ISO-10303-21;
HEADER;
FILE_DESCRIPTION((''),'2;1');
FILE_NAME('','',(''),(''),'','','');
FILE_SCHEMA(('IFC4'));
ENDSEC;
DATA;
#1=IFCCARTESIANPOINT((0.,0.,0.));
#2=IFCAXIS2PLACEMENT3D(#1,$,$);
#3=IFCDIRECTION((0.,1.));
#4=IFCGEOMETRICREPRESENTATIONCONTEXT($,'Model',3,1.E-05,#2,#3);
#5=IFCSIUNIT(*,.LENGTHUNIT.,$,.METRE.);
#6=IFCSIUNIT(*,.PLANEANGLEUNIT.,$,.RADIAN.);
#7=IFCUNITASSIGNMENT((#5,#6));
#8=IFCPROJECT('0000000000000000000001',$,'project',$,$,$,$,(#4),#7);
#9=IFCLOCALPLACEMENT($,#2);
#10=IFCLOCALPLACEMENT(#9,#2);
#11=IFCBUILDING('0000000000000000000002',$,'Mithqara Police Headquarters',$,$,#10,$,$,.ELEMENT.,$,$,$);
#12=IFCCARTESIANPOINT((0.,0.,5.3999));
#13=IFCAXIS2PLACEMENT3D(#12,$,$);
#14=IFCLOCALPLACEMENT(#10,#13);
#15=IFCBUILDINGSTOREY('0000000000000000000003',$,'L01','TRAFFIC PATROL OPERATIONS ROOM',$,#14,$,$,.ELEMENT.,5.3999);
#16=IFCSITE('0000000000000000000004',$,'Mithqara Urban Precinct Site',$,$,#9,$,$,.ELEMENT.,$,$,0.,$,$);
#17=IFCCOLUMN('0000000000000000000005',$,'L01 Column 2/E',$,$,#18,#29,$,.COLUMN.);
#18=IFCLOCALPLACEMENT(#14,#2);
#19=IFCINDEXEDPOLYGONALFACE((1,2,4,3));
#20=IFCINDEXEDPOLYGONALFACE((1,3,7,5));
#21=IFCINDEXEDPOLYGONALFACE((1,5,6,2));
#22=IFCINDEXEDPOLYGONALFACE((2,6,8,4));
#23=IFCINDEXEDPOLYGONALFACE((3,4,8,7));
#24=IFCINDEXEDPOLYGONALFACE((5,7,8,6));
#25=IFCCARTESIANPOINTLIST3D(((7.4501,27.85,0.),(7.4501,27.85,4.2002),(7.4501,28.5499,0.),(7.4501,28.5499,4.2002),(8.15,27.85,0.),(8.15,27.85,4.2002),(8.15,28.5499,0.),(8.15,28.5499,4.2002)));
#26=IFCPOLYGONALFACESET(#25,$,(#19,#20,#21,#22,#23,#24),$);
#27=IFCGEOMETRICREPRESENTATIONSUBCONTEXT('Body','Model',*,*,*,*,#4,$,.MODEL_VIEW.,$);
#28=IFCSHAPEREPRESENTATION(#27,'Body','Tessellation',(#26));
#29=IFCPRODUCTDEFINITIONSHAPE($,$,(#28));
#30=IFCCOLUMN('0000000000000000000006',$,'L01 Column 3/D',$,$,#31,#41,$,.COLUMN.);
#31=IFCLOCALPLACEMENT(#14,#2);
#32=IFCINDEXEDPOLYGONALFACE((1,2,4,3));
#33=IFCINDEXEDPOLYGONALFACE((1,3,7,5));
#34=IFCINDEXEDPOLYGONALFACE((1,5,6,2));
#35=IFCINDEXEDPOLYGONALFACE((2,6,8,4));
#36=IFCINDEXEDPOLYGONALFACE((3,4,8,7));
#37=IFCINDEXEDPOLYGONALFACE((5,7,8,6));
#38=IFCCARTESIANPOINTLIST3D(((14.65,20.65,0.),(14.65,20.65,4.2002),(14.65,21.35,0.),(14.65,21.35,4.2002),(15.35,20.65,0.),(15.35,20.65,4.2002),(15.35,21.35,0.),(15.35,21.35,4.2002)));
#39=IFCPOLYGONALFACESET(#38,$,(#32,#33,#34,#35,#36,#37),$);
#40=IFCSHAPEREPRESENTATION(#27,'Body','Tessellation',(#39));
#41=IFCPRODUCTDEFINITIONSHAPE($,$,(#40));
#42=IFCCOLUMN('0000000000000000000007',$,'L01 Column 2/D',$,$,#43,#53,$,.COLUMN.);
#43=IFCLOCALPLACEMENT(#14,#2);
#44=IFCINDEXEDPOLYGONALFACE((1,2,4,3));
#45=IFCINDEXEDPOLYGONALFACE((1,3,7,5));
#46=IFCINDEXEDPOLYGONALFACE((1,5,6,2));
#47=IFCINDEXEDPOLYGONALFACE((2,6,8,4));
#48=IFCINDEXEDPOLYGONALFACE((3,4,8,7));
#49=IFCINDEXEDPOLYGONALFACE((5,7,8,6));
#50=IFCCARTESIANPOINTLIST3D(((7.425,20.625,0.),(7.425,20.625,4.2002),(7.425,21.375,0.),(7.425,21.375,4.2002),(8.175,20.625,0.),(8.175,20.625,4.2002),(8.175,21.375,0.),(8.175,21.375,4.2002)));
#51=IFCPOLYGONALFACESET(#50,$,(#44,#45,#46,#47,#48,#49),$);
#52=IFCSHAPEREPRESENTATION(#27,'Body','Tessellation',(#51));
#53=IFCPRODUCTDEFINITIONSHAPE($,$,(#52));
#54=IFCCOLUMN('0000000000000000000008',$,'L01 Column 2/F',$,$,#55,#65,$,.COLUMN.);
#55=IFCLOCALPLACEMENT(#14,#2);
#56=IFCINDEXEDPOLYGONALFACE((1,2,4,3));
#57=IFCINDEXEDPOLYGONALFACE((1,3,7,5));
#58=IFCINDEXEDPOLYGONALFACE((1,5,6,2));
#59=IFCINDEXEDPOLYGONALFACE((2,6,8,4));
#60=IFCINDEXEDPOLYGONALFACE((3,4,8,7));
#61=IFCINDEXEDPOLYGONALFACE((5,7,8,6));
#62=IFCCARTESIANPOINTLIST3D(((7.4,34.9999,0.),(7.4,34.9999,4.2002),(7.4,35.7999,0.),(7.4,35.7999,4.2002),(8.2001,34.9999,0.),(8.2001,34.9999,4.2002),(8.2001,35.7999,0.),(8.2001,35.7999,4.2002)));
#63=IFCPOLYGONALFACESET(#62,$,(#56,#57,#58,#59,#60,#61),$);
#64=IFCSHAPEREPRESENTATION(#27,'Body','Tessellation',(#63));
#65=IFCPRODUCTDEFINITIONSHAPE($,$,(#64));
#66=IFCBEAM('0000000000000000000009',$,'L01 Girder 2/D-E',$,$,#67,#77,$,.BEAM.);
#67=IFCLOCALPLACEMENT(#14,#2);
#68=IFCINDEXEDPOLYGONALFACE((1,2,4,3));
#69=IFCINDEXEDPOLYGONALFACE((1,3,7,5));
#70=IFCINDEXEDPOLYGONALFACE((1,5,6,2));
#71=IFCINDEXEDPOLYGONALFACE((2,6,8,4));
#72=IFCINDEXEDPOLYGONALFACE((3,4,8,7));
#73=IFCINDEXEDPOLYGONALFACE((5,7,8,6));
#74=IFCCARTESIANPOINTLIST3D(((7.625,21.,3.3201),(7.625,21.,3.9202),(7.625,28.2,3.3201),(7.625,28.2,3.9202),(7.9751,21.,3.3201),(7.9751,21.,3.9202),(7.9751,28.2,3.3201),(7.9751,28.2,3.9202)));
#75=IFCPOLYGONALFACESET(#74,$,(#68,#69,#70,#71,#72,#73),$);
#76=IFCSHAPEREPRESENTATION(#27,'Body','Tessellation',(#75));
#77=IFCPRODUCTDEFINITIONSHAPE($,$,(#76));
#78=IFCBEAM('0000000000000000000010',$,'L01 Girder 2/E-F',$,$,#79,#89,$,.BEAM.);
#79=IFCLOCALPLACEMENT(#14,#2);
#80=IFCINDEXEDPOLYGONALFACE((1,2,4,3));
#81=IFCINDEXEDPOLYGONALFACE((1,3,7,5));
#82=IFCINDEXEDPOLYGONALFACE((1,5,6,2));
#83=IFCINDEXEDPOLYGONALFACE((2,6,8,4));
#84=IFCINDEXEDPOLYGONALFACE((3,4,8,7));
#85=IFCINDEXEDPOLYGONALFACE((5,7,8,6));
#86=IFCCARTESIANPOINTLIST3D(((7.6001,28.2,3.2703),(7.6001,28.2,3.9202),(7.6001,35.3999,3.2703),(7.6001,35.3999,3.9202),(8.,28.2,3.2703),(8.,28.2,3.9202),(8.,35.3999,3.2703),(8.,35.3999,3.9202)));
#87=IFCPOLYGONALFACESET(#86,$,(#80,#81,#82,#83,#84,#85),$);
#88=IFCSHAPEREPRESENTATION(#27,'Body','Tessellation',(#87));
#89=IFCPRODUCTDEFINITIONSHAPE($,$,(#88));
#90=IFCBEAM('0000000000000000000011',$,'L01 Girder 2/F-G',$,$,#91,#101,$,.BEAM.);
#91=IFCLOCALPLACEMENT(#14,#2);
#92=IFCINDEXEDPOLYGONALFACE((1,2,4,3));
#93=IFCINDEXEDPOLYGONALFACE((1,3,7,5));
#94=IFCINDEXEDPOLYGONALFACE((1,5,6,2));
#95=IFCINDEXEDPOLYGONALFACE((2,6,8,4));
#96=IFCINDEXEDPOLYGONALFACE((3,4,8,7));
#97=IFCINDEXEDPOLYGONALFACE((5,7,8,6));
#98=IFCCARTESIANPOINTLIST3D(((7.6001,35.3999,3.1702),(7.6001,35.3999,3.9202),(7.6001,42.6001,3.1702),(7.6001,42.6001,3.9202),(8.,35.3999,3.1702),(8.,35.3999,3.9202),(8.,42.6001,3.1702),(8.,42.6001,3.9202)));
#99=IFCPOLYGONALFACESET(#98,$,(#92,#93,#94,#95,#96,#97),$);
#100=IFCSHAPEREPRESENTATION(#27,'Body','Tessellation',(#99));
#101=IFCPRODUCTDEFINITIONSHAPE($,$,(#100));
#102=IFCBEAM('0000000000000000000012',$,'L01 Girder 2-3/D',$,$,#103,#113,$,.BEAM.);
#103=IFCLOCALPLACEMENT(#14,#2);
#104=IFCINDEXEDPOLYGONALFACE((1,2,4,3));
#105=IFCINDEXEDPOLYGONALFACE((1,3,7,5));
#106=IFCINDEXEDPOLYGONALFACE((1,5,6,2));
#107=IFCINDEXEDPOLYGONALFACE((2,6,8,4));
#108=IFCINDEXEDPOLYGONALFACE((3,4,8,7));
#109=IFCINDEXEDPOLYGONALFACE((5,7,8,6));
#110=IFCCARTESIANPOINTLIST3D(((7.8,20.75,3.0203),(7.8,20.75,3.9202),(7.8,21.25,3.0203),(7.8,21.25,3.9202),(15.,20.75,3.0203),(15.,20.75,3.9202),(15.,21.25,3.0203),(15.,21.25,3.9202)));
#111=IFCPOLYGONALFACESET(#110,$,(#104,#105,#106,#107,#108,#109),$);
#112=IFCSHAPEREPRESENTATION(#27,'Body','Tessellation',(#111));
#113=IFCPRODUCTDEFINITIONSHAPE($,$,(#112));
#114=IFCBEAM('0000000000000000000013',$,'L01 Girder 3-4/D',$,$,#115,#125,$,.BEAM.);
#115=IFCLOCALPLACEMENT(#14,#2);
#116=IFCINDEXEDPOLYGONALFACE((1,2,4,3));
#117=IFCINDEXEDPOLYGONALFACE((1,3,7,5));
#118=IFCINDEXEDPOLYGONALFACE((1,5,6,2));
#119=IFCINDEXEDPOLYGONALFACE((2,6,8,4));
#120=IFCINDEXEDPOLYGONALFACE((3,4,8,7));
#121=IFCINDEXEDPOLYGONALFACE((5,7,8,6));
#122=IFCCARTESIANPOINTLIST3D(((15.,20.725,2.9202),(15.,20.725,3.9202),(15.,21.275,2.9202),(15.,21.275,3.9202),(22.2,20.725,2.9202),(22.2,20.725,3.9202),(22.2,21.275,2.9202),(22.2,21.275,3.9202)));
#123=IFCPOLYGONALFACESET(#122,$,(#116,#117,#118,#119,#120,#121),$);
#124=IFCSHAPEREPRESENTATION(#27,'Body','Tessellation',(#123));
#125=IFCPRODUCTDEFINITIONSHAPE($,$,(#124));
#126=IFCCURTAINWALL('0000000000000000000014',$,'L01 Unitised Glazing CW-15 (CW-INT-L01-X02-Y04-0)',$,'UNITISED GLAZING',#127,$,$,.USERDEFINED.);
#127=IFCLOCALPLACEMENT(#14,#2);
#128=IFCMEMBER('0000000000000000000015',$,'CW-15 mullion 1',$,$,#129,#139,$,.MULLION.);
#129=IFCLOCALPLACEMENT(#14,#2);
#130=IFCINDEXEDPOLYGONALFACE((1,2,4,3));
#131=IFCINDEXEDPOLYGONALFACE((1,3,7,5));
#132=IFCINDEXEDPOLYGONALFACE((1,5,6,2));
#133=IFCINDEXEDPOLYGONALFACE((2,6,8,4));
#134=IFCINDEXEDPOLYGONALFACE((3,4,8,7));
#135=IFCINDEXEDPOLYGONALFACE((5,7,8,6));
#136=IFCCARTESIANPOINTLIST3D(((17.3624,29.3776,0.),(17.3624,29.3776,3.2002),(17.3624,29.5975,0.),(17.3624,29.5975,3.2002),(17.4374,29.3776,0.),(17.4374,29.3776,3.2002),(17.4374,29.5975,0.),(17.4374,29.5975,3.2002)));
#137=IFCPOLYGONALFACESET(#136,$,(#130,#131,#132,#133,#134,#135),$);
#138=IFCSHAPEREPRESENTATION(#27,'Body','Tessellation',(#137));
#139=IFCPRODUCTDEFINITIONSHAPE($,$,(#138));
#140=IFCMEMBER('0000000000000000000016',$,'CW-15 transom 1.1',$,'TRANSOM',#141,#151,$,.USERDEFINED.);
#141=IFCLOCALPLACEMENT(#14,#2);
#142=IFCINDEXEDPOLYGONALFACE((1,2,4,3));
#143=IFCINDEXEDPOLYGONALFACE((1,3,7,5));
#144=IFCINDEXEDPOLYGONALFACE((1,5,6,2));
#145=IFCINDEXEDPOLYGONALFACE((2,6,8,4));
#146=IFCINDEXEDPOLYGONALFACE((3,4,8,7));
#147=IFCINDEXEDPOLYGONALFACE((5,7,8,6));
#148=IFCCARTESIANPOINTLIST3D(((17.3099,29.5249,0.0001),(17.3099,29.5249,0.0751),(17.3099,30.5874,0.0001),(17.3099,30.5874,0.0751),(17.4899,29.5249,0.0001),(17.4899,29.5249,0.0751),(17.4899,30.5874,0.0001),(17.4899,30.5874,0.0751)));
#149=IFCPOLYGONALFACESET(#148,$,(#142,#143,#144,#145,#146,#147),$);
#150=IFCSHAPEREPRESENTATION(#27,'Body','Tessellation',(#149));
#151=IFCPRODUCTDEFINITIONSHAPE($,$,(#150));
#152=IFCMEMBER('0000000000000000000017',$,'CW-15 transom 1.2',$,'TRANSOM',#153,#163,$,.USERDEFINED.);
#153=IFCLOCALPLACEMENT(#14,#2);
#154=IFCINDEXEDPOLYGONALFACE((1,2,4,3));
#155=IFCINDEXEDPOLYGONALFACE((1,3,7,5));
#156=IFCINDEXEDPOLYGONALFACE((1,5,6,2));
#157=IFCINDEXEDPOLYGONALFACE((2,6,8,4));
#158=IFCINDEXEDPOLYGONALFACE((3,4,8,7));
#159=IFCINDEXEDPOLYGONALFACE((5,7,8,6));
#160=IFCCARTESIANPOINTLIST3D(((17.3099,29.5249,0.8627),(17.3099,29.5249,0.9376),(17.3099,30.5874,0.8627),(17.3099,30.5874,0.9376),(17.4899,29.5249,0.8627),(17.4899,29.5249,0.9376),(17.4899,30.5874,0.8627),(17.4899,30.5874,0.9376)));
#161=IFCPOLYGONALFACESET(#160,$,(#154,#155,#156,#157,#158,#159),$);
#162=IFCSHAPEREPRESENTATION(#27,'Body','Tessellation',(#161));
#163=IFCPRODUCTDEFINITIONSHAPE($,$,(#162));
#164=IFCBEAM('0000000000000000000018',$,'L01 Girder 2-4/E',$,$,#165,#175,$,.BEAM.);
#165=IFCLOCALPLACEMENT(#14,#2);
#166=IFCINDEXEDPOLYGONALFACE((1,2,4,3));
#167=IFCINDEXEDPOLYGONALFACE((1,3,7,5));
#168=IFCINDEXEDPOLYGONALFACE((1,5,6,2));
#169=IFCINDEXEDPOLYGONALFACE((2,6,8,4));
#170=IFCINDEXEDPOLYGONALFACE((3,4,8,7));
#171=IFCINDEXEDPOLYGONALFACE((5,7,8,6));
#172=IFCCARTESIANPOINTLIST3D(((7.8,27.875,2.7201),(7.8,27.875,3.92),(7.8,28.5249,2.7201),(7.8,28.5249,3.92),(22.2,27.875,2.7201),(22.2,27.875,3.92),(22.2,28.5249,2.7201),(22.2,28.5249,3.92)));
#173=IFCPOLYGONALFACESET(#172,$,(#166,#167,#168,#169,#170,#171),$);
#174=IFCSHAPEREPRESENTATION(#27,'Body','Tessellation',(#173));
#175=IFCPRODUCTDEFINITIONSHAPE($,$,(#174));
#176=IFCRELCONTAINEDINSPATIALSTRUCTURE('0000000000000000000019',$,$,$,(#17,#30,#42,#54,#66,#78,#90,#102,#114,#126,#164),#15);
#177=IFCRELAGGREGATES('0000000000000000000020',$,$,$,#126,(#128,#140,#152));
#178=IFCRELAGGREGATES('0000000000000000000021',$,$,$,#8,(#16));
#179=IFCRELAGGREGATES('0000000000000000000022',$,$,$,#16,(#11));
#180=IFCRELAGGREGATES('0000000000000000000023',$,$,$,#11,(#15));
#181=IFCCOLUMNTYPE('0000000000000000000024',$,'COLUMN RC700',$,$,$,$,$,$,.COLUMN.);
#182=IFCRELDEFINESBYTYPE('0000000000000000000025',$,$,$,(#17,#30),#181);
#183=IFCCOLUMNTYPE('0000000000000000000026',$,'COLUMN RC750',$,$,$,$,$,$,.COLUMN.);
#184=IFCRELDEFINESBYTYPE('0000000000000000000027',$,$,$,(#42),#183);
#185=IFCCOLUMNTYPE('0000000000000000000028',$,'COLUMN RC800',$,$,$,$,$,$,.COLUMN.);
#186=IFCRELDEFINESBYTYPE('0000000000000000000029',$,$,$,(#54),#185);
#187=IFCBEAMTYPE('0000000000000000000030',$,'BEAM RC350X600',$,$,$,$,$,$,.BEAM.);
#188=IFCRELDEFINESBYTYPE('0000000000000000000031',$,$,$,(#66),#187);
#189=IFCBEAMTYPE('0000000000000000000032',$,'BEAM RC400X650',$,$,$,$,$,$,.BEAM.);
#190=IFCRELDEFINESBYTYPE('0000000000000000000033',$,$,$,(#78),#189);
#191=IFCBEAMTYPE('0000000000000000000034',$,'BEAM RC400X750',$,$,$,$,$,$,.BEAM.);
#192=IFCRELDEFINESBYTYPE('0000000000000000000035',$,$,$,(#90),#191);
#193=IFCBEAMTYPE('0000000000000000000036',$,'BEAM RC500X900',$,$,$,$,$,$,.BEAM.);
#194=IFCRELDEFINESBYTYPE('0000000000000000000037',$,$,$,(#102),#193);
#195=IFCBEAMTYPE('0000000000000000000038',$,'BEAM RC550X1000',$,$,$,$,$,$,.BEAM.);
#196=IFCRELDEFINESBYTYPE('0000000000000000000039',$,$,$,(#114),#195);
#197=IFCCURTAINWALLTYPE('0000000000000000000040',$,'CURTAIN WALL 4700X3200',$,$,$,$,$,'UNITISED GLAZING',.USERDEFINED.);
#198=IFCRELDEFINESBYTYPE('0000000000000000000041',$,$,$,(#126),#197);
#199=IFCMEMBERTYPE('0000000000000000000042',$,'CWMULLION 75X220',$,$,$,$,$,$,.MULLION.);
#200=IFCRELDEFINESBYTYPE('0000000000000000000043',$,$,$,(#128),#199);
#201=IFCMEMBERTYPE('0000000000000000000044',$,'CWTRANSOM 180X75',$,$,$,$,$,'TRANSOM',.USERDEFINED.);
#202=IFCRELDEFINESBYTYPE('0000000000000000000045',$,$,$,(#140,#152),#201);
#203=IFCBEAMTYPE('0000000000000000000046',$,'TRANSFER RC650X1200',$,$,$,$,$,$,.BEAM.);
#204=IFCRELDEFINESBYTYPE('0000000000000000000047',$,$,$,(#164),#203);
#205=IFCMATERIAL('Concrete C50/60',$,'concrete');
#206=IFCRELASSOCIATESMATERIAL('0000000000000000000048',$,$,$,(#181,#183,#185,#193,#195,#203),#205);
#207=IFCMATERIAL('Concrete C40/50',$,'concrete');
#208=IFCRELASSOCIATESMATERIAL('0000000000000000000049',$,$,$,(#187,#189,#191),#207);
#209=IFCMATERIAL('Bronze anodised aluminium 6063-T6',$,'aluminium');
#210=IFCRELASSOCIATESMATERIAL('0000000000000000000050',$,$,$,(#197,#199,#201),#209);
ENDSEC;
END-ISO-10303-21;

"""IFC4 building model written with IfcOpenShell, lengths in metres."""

from ifc_helpers import new_model, si_unit, direction, frame, origin, origin_2d, place, context, subcontext, project, spatial, rectangle, extrude, material, material_profile, profile_set, type_object, element, aggregate, save


model = new_model("IFC4")

# Units and contexts
model_context = context("Model", 3, precision=1e-05, world=origin(), true_north=direction((0.0, 1.0)))
body_context = subcontext(model_context, "Body", "Model", "MODEL_VIEW")
ifc_project = project(units=[si_unit("LENGTHUNIT", "METRE"), si_unit("PLANEANGLEUNIT", "RADIAN")], contexts=[model_context])

# Site, building, storey
site_placement = place(None, origin())
site = spatial("IfcSite", under=ifc_project, at=site_placement, Name="Mithqara Urban Precinct Site", CompositionType="ELEMENT", RefElevation=0.0)
building_placement = place(site_placement, origin())
building = spatial("IfcBuilding", under=site, at=building_placement, Name="Mithqara Police Headquarters", CompositionType="ELEMENT")
storey_placement = place(building_placement, frame((0.0, 0.0, 5.3999)))
storey = spatial("IfcBuildingStorey", under=building, at=storey_placement, Name="L01", Description="TRAFFIC PATROL OPERATIONS ROOM", CompositionType="ELEMENT", Elevation=5.3999)

# Columns
ifc_material_1 = material(Name="Concrete C50/60", Category="concrete")
ifc_material_profile_1 = material_profile(ifc_material_1, rectangle(XDim=0.7, YDim=0.7, at=origin_2d()), Name="RC 700x700")
ifc_profile_set_1 = profile_set([ifc_material_profile_1], Name="Concrete C50/60")
column_type_1 = type_object("IfcColumnType", Name="COLUMN RC700", PredefinedType="COLUMN", material=ifc_profile_set_1)
for number, where, z_axis, x_axis, name in (
    (1, (7.8, 28.2, 0.0), (0.0, 0.0, 1.0), (1.0, 0.0, 0.0), "L01 Column 2/E"),
    (2, (15.0, 21.0, 0.0), (0.0, 0.0, 1.0), (1.0, 0.0, 0.0), "L01 Column 3/D"),
):
    element("IfcColumn", number, at=place(storey_placement, frame(where, z_axis=z_axis, x_axis=x_axis)), inside=storey, type_object=column_type_1, Name=name, PredefinedType="COLUMN", context=body_context, shape_type="SweptSolid", body=[
        extrude(rectangle(XDim=0.7, YDim=0.7, at=origin_2d()), origin(), (0.0, 0.0, 1.0), 4.2002),
    ])
ifc_material_profile_2 = material_profile(ifc_material_1, rectangle(XDim=0.75, YDim=0.75, at=origin_2d()), Name="RC 750x750")
ifc_profile_set_2 = profile_set([ifc_material_profile_2], Name="Concrete C50/60")
column_type_2 = type_object("IfcColumnType", Name="COLUMN RC750", PredefinedType="COLUMN", material=ifc_profile_set_2)
column_1_placement = place(storey_placement, frame((7.8, 21.0, 0.0), z_axis=(0.0, 0.0, 1.0), x_axis=(1.0, 0.0, 0.0)))
element("IfcColumn", 3, at=column_1_placement, inside=storey, type_object=column_type_2, Name="L01 Column 2/D", PredefinedType="COLUMN", context=body_context, shape_type="SweptSolid", body=[
    extrude(rectangle(XDim=0.75, YDim=0.75, at=origin_2d()), origin(), (0.0, 0.0, 1.0), 4.2002),
])
ifc_material_profile_3 = material_profile(ifc_material_1, rectangle(XDim=0.8, YDim=0.8, at=origin_2d()), Name="RC 800x800")
ifc_profile_set_3 = profile_set([ifc_material_profile_3], Name="Concrete C50/60")
column_type_3 = type_object("IfcColumnType", Name="COLUMN RC800", PredefinedType="COLUMN", material=ifc_profile_set_3)
column_2_placement = place(storey_placement, frame((7.8, 35.3999, 0.0), z_axis=(0.0, 0.0, 1.0), x_axis=(1.0, 0.0, 0.0)))
element("IfcColumn", 4, at=column_2_placement, inside=storey, type_object=column_type_3, Name="L01 Column 2/F", PredefinedType="COLUMN", context=body_context, shape_type="SweptSolid", body=[
    extrude(rectangle(XDim=0.8, YDim=0.8, at=origin_2d()), origin(), (0.0, 0.0, 1.0), 4.2002),
])

# Beams
ifc_material_2 = material(Name="Concrete C40/50", Category="concrete")
ifc_material_profile_4 = material_profile(ifc_material_2, rectangle(XDim=0.3501, YDim=0.6001, at=origin_2d()), Name="RC 350x600")
ifc_profile_set_4 = profile_set([ifc_material_profile_4], Name="Concrete C40/50")
beam_type_1 = type_object("IfcBeamType", Name="BEAM RC350X600", PredefinedType="BEAM", material=ifc_profile_set_4)
beam_1_placement = place(storey_placement, frame((7.8, 21.0, 3.6201), z_axis=(0.0, 1.0, 0.0), x_axis=(-1.0, 0.0, 0.0)))
element("IfcBeam", 5, at=beam_1_placement, inside=storey, type_object=beam_type_1, Name="L01 Girder 2/D-E", PredefinedType="BEAM", context=body_context, shape_type="SweptSolid", body=[
    extrude(rectangle(XDim=0.3501, YDim=0.6001, at=origin_2d()), origin(), (0.0, 0.0, 1.0), 7.2),
])
ifc_material_profile_5 = material_profile(ifc_material_2, rectangle(XDim=0.3999, YDim=0.6499, at=origin_2d()), Name="RC 400x650")
ifc_profile_set_5 = profile_set([ifc_material_profile_5], Name="Concrete C40/50")
beam_type_2 = type_object("IfcBeamType", Name="BEAM RC400X650", PredefinedType="BEAM", material=ifc_profile_set_5)
beam_2_placement = place(storey_placement, frame((7.8, 28.2, 3.5952), z_axis=(0.0, 1.0, 0.0), x_axis=(-1.0, 0.0, 0.0)))
element("IfcBeam", 6, at=beam_2_placement, inside=storey, type_object=beam_type_2, Name="L01 Girder 2/E-F", PredefinedType="BEAM", context=body_context, shape_type="SweptSolid", body=[
    extrude(rectangle(XDim=0.3999, YDim=0.6499, at=origin_2d()), origin(), (0.0, 0.0, 1.0), 7.2),
])
ifc_material_profile_6 = material_profile(ifc_material_2, rectangle(XDim=0.3999, YDim=0.75, at=origin_2d()), Name="RC 400x750")
ifc_profile_set_6 = profile_set([ifc_material_profile_6], Name="Concrete C40/50")
beam_type_3 = type_object("IfcBeamType", Name="BEAM RC400X750", PredefinedType="BEAM", material=ifc_profile_set_6)
beam_3_placement = place(storey_placement, frame((7.8, 35.3999, 3.5452), z_axis=(0.0, 1.0, 0.0), x_axis=(-1.0, 0.0, 0.0)))
element("IfcBeam", 7, at=beam_3_placement, inside=storey, type_object=beam_type_3, Name="L01 Girder 2/F-G", PredefinedType="BEAM", context=body_context, shape_type="SweptSolid", body=[
    extrude(rectangle(XDim=0.3999, YDim=0.75, at=origin_2d()), origin(), (0.0, 0.0, 1.0), 7.2002),
])
ifc_material_profile_7 = material_profile(ifc_material_1, rectangle(XDim=0.5, YDim=0.8999, at=origin_2d()), Name="RC 500x900")
ifc_profile_set_7 = profile_set([ifc_material_profile_7], Name="Concrete C50/60")
beam_type_4 = type_object("IfcBeamType", Name="BEAM RC500X900", PredefinedType="BEAM", material=ifc_profile_set_7)
beam_4_placement = place(storey_placement, frame((7.8, 21.0, 3.4702), z_axis=(1.0, 0.0, 0.0), x_axis=(0.0, 1.0, 0.0)))
element("IfcBeam", 8, at=beam_4_placement, inside=storey, type_object=beam_type_4, Name="L01 Girder 2-3/D", PredefinedType="BEAM", context=body_context, shape_type="SweptSolid", body=[
    extrude(rectangle(XDim=0.5, YDim=0.8999, at=origin_2d()), origin(), (0.0, 0.0, 1.0), 7.2),
])
ifc_material_profile_8 = material_profile(ifc_material_1, rectangle(XDim=0.55, YDim=1.0, at=origin_2d()), Name="RC 550x1000")
ifc_profile_set_8 = profile_set([ifc_material_profile_8], Name="Concrete C50/60")
beam_type_5 = type_object("IfcBeamType", Name="BEAM RC550X1000", PredefinedType="BEAM", material=ifc_profile_set_8)
beam_5_placement = place(storey_placement, frame((15.0, 21.0, 3.4202), z_axis=(1.0, 0.0, 0.0), x_axis=(0.0, 1.0, 0.0)))
element("IfcBeam", 9, at=beam_5_placement, inside=storey, type_object=beam_type_5, Name="L01 Girder 3-4/D", PredefinedType="BEAM", context=body_context, shape_type="SweptSolid", body=[
    extrude(rectangle(XDim=0.55, YDim=1.0, at=origin_2d()), origin(), (0.0, 0.0, 1.0), 7.2),
])

# Curtain wall, members
ifc_material_3 = material(Name="Bronze anodised aluminium 6063-T6", Category="aluminium")
curtain_wall_type = type_object("IfcCurtainWallType", Name="CURTAIN WALL 4700X3200", ElementType="UNITISED GLAZING", PredefinedType="USERDEFINED", material=ifc_material_3)
curtain_wall_placement = place(storey_placement, origin())
curtain_wall = element("IfcCurtainWall", 10, at=curtain_wall_placement, inside=storey, type_object=curtain_wall_type, Name="L01 Unitised Glazing CW-15 (CW-INT-L01-X02-Y04-0)", ObjectType="UNITISED GLAZING", PredefinedType="USERDEFINED")
ifc_material_profile_9 = material_profile(ifc_material_3, rectangle(XDim=0.075, YDim=0.22, at=origin_2d()), Name="CWM 75x220")
ifc_profile_set_9 = profile_set([ifc_material_profile_9], Name="Bronze anodised aluminium 6063-T6")
member_type_1 = type_object("IfcMemberType", Name="CWMULLION 75X220", PredefinedType="MULLION", material=ifc_profile_set_9)
member_1_placement = place(storey_placement, frame((17.3999, 29.4875, 0.0), z_axis=(0.0, 0.0, 1.0), x_axis=(-1.0, 0.0, 0.0)))
member_1 = element("IfcMember", 11, at=member_1_placement, type_object=member_type_1, Name="CW-15 mullion 1", PredefinedType="MULLION", context=body_context, shape_type="SweptSolid", body=[
    extrude(rectangle(XDim=0.075, YDim=0.22, at=origin_2d()), origin(), (0.0, 0.0, 1.0), 3.2002),
])
ifc_material_profile_10 = material_profile(ifc_material_3, rectangle(XDim=0.1799, YDim=0.075, at=origin_2d()), Name="CWT 180x75")
ifc_profile_set_10 = profile_set([ifc_material_profile_10], Name="Bronze anodised aluminium 6063-T6")
member_type_2 = type_object("IfcMemberType", Name="CWTRANSOM 180X75", ElementType="TRANSOM", PredefinedType="USERDEFINED", material=ifc_profile_set_10)
member_2_placement = place(storey_placement, frame((17.3999, 29.5249, 0.0376), z_axis=(0.0, 1.0, 0.0), x_axis=(-1.0, 0.0, 0.0)))
member_2 = element("IfcMember", 12, at=member_2_placement, type_object=member_type_2, Name="CW-15 transom 1.1", ObjectType="TRANSOM", PredefinedType="USERDEFINED", context=body_context, shape_type="SweptSolid", body=[
    extrude(rectangle(XDim=0.1799, YDim=0.075, at=origin_2d()), origin(), (0.0, 0.0, 1.0), 1.0625),
])
member_3_placement = place(storey_placement, frame((17.3999, 29.5249, 0.9001), z_axis=(0.0, 1.0, 0.0), x_axis=(-1.0, 0.0, 0.0)))
member_3 = element("IfcMember", 13, at=member_3_placement, type_object=member_type_2, Name="CW-15 transom 1.2", ObjectType="TRANSOM", PredefinedType="USERDEFINED", context=body_context, shape_type="SweptSolid", body=[
    extrude(rectangle(XDim=0.1799, YDim=0.075, at=origin_2d()), origin(), (0.0, 0.0, 1.0), 1.0625),
])
aggregate(curtain_wall, [member_1, member_2, member_3])

# Beam
ifc_material_profile_11 = material_profile(ifc_material_1, rectangle(XDim=0.6499, YDim=1.2, at=origin_2d()), Name="RC 650x1200")
ifc_profile_set_11 = profile_set([ifc_material_profile_11], Name="Concrete C50/60")
beam_type_6 = type_object("IfcBeamType", Name="TRANSFER RC650X1200", PredefinedType="BEAM", material=ifc_profile_set_11)
for number, where, z_axis, x_axis, name in (
    (14, (7.8, 28.2, 3.3201), (1.0, 0.0, 0.0), (0.0, 1.0, 0.0), "L01 Girder 2-4/E"),
):
    element("IfcBeam", number, at=place(storey_placement, frame(where, z_axis=z_axis, x_axis=x_axis)), inside=storey, type_object=beam_type_6, Name=name, PredefinedType="BEAM", context=body_context, shape_type="SweptSolid", body=[
        extrude(rectangle(XDim=0.6499, YDim=1.2, at=origin_2d()), origin(), (0.0, 0.0, 1.0), 14.3999),
    ])

save(model, "model.ifc")
